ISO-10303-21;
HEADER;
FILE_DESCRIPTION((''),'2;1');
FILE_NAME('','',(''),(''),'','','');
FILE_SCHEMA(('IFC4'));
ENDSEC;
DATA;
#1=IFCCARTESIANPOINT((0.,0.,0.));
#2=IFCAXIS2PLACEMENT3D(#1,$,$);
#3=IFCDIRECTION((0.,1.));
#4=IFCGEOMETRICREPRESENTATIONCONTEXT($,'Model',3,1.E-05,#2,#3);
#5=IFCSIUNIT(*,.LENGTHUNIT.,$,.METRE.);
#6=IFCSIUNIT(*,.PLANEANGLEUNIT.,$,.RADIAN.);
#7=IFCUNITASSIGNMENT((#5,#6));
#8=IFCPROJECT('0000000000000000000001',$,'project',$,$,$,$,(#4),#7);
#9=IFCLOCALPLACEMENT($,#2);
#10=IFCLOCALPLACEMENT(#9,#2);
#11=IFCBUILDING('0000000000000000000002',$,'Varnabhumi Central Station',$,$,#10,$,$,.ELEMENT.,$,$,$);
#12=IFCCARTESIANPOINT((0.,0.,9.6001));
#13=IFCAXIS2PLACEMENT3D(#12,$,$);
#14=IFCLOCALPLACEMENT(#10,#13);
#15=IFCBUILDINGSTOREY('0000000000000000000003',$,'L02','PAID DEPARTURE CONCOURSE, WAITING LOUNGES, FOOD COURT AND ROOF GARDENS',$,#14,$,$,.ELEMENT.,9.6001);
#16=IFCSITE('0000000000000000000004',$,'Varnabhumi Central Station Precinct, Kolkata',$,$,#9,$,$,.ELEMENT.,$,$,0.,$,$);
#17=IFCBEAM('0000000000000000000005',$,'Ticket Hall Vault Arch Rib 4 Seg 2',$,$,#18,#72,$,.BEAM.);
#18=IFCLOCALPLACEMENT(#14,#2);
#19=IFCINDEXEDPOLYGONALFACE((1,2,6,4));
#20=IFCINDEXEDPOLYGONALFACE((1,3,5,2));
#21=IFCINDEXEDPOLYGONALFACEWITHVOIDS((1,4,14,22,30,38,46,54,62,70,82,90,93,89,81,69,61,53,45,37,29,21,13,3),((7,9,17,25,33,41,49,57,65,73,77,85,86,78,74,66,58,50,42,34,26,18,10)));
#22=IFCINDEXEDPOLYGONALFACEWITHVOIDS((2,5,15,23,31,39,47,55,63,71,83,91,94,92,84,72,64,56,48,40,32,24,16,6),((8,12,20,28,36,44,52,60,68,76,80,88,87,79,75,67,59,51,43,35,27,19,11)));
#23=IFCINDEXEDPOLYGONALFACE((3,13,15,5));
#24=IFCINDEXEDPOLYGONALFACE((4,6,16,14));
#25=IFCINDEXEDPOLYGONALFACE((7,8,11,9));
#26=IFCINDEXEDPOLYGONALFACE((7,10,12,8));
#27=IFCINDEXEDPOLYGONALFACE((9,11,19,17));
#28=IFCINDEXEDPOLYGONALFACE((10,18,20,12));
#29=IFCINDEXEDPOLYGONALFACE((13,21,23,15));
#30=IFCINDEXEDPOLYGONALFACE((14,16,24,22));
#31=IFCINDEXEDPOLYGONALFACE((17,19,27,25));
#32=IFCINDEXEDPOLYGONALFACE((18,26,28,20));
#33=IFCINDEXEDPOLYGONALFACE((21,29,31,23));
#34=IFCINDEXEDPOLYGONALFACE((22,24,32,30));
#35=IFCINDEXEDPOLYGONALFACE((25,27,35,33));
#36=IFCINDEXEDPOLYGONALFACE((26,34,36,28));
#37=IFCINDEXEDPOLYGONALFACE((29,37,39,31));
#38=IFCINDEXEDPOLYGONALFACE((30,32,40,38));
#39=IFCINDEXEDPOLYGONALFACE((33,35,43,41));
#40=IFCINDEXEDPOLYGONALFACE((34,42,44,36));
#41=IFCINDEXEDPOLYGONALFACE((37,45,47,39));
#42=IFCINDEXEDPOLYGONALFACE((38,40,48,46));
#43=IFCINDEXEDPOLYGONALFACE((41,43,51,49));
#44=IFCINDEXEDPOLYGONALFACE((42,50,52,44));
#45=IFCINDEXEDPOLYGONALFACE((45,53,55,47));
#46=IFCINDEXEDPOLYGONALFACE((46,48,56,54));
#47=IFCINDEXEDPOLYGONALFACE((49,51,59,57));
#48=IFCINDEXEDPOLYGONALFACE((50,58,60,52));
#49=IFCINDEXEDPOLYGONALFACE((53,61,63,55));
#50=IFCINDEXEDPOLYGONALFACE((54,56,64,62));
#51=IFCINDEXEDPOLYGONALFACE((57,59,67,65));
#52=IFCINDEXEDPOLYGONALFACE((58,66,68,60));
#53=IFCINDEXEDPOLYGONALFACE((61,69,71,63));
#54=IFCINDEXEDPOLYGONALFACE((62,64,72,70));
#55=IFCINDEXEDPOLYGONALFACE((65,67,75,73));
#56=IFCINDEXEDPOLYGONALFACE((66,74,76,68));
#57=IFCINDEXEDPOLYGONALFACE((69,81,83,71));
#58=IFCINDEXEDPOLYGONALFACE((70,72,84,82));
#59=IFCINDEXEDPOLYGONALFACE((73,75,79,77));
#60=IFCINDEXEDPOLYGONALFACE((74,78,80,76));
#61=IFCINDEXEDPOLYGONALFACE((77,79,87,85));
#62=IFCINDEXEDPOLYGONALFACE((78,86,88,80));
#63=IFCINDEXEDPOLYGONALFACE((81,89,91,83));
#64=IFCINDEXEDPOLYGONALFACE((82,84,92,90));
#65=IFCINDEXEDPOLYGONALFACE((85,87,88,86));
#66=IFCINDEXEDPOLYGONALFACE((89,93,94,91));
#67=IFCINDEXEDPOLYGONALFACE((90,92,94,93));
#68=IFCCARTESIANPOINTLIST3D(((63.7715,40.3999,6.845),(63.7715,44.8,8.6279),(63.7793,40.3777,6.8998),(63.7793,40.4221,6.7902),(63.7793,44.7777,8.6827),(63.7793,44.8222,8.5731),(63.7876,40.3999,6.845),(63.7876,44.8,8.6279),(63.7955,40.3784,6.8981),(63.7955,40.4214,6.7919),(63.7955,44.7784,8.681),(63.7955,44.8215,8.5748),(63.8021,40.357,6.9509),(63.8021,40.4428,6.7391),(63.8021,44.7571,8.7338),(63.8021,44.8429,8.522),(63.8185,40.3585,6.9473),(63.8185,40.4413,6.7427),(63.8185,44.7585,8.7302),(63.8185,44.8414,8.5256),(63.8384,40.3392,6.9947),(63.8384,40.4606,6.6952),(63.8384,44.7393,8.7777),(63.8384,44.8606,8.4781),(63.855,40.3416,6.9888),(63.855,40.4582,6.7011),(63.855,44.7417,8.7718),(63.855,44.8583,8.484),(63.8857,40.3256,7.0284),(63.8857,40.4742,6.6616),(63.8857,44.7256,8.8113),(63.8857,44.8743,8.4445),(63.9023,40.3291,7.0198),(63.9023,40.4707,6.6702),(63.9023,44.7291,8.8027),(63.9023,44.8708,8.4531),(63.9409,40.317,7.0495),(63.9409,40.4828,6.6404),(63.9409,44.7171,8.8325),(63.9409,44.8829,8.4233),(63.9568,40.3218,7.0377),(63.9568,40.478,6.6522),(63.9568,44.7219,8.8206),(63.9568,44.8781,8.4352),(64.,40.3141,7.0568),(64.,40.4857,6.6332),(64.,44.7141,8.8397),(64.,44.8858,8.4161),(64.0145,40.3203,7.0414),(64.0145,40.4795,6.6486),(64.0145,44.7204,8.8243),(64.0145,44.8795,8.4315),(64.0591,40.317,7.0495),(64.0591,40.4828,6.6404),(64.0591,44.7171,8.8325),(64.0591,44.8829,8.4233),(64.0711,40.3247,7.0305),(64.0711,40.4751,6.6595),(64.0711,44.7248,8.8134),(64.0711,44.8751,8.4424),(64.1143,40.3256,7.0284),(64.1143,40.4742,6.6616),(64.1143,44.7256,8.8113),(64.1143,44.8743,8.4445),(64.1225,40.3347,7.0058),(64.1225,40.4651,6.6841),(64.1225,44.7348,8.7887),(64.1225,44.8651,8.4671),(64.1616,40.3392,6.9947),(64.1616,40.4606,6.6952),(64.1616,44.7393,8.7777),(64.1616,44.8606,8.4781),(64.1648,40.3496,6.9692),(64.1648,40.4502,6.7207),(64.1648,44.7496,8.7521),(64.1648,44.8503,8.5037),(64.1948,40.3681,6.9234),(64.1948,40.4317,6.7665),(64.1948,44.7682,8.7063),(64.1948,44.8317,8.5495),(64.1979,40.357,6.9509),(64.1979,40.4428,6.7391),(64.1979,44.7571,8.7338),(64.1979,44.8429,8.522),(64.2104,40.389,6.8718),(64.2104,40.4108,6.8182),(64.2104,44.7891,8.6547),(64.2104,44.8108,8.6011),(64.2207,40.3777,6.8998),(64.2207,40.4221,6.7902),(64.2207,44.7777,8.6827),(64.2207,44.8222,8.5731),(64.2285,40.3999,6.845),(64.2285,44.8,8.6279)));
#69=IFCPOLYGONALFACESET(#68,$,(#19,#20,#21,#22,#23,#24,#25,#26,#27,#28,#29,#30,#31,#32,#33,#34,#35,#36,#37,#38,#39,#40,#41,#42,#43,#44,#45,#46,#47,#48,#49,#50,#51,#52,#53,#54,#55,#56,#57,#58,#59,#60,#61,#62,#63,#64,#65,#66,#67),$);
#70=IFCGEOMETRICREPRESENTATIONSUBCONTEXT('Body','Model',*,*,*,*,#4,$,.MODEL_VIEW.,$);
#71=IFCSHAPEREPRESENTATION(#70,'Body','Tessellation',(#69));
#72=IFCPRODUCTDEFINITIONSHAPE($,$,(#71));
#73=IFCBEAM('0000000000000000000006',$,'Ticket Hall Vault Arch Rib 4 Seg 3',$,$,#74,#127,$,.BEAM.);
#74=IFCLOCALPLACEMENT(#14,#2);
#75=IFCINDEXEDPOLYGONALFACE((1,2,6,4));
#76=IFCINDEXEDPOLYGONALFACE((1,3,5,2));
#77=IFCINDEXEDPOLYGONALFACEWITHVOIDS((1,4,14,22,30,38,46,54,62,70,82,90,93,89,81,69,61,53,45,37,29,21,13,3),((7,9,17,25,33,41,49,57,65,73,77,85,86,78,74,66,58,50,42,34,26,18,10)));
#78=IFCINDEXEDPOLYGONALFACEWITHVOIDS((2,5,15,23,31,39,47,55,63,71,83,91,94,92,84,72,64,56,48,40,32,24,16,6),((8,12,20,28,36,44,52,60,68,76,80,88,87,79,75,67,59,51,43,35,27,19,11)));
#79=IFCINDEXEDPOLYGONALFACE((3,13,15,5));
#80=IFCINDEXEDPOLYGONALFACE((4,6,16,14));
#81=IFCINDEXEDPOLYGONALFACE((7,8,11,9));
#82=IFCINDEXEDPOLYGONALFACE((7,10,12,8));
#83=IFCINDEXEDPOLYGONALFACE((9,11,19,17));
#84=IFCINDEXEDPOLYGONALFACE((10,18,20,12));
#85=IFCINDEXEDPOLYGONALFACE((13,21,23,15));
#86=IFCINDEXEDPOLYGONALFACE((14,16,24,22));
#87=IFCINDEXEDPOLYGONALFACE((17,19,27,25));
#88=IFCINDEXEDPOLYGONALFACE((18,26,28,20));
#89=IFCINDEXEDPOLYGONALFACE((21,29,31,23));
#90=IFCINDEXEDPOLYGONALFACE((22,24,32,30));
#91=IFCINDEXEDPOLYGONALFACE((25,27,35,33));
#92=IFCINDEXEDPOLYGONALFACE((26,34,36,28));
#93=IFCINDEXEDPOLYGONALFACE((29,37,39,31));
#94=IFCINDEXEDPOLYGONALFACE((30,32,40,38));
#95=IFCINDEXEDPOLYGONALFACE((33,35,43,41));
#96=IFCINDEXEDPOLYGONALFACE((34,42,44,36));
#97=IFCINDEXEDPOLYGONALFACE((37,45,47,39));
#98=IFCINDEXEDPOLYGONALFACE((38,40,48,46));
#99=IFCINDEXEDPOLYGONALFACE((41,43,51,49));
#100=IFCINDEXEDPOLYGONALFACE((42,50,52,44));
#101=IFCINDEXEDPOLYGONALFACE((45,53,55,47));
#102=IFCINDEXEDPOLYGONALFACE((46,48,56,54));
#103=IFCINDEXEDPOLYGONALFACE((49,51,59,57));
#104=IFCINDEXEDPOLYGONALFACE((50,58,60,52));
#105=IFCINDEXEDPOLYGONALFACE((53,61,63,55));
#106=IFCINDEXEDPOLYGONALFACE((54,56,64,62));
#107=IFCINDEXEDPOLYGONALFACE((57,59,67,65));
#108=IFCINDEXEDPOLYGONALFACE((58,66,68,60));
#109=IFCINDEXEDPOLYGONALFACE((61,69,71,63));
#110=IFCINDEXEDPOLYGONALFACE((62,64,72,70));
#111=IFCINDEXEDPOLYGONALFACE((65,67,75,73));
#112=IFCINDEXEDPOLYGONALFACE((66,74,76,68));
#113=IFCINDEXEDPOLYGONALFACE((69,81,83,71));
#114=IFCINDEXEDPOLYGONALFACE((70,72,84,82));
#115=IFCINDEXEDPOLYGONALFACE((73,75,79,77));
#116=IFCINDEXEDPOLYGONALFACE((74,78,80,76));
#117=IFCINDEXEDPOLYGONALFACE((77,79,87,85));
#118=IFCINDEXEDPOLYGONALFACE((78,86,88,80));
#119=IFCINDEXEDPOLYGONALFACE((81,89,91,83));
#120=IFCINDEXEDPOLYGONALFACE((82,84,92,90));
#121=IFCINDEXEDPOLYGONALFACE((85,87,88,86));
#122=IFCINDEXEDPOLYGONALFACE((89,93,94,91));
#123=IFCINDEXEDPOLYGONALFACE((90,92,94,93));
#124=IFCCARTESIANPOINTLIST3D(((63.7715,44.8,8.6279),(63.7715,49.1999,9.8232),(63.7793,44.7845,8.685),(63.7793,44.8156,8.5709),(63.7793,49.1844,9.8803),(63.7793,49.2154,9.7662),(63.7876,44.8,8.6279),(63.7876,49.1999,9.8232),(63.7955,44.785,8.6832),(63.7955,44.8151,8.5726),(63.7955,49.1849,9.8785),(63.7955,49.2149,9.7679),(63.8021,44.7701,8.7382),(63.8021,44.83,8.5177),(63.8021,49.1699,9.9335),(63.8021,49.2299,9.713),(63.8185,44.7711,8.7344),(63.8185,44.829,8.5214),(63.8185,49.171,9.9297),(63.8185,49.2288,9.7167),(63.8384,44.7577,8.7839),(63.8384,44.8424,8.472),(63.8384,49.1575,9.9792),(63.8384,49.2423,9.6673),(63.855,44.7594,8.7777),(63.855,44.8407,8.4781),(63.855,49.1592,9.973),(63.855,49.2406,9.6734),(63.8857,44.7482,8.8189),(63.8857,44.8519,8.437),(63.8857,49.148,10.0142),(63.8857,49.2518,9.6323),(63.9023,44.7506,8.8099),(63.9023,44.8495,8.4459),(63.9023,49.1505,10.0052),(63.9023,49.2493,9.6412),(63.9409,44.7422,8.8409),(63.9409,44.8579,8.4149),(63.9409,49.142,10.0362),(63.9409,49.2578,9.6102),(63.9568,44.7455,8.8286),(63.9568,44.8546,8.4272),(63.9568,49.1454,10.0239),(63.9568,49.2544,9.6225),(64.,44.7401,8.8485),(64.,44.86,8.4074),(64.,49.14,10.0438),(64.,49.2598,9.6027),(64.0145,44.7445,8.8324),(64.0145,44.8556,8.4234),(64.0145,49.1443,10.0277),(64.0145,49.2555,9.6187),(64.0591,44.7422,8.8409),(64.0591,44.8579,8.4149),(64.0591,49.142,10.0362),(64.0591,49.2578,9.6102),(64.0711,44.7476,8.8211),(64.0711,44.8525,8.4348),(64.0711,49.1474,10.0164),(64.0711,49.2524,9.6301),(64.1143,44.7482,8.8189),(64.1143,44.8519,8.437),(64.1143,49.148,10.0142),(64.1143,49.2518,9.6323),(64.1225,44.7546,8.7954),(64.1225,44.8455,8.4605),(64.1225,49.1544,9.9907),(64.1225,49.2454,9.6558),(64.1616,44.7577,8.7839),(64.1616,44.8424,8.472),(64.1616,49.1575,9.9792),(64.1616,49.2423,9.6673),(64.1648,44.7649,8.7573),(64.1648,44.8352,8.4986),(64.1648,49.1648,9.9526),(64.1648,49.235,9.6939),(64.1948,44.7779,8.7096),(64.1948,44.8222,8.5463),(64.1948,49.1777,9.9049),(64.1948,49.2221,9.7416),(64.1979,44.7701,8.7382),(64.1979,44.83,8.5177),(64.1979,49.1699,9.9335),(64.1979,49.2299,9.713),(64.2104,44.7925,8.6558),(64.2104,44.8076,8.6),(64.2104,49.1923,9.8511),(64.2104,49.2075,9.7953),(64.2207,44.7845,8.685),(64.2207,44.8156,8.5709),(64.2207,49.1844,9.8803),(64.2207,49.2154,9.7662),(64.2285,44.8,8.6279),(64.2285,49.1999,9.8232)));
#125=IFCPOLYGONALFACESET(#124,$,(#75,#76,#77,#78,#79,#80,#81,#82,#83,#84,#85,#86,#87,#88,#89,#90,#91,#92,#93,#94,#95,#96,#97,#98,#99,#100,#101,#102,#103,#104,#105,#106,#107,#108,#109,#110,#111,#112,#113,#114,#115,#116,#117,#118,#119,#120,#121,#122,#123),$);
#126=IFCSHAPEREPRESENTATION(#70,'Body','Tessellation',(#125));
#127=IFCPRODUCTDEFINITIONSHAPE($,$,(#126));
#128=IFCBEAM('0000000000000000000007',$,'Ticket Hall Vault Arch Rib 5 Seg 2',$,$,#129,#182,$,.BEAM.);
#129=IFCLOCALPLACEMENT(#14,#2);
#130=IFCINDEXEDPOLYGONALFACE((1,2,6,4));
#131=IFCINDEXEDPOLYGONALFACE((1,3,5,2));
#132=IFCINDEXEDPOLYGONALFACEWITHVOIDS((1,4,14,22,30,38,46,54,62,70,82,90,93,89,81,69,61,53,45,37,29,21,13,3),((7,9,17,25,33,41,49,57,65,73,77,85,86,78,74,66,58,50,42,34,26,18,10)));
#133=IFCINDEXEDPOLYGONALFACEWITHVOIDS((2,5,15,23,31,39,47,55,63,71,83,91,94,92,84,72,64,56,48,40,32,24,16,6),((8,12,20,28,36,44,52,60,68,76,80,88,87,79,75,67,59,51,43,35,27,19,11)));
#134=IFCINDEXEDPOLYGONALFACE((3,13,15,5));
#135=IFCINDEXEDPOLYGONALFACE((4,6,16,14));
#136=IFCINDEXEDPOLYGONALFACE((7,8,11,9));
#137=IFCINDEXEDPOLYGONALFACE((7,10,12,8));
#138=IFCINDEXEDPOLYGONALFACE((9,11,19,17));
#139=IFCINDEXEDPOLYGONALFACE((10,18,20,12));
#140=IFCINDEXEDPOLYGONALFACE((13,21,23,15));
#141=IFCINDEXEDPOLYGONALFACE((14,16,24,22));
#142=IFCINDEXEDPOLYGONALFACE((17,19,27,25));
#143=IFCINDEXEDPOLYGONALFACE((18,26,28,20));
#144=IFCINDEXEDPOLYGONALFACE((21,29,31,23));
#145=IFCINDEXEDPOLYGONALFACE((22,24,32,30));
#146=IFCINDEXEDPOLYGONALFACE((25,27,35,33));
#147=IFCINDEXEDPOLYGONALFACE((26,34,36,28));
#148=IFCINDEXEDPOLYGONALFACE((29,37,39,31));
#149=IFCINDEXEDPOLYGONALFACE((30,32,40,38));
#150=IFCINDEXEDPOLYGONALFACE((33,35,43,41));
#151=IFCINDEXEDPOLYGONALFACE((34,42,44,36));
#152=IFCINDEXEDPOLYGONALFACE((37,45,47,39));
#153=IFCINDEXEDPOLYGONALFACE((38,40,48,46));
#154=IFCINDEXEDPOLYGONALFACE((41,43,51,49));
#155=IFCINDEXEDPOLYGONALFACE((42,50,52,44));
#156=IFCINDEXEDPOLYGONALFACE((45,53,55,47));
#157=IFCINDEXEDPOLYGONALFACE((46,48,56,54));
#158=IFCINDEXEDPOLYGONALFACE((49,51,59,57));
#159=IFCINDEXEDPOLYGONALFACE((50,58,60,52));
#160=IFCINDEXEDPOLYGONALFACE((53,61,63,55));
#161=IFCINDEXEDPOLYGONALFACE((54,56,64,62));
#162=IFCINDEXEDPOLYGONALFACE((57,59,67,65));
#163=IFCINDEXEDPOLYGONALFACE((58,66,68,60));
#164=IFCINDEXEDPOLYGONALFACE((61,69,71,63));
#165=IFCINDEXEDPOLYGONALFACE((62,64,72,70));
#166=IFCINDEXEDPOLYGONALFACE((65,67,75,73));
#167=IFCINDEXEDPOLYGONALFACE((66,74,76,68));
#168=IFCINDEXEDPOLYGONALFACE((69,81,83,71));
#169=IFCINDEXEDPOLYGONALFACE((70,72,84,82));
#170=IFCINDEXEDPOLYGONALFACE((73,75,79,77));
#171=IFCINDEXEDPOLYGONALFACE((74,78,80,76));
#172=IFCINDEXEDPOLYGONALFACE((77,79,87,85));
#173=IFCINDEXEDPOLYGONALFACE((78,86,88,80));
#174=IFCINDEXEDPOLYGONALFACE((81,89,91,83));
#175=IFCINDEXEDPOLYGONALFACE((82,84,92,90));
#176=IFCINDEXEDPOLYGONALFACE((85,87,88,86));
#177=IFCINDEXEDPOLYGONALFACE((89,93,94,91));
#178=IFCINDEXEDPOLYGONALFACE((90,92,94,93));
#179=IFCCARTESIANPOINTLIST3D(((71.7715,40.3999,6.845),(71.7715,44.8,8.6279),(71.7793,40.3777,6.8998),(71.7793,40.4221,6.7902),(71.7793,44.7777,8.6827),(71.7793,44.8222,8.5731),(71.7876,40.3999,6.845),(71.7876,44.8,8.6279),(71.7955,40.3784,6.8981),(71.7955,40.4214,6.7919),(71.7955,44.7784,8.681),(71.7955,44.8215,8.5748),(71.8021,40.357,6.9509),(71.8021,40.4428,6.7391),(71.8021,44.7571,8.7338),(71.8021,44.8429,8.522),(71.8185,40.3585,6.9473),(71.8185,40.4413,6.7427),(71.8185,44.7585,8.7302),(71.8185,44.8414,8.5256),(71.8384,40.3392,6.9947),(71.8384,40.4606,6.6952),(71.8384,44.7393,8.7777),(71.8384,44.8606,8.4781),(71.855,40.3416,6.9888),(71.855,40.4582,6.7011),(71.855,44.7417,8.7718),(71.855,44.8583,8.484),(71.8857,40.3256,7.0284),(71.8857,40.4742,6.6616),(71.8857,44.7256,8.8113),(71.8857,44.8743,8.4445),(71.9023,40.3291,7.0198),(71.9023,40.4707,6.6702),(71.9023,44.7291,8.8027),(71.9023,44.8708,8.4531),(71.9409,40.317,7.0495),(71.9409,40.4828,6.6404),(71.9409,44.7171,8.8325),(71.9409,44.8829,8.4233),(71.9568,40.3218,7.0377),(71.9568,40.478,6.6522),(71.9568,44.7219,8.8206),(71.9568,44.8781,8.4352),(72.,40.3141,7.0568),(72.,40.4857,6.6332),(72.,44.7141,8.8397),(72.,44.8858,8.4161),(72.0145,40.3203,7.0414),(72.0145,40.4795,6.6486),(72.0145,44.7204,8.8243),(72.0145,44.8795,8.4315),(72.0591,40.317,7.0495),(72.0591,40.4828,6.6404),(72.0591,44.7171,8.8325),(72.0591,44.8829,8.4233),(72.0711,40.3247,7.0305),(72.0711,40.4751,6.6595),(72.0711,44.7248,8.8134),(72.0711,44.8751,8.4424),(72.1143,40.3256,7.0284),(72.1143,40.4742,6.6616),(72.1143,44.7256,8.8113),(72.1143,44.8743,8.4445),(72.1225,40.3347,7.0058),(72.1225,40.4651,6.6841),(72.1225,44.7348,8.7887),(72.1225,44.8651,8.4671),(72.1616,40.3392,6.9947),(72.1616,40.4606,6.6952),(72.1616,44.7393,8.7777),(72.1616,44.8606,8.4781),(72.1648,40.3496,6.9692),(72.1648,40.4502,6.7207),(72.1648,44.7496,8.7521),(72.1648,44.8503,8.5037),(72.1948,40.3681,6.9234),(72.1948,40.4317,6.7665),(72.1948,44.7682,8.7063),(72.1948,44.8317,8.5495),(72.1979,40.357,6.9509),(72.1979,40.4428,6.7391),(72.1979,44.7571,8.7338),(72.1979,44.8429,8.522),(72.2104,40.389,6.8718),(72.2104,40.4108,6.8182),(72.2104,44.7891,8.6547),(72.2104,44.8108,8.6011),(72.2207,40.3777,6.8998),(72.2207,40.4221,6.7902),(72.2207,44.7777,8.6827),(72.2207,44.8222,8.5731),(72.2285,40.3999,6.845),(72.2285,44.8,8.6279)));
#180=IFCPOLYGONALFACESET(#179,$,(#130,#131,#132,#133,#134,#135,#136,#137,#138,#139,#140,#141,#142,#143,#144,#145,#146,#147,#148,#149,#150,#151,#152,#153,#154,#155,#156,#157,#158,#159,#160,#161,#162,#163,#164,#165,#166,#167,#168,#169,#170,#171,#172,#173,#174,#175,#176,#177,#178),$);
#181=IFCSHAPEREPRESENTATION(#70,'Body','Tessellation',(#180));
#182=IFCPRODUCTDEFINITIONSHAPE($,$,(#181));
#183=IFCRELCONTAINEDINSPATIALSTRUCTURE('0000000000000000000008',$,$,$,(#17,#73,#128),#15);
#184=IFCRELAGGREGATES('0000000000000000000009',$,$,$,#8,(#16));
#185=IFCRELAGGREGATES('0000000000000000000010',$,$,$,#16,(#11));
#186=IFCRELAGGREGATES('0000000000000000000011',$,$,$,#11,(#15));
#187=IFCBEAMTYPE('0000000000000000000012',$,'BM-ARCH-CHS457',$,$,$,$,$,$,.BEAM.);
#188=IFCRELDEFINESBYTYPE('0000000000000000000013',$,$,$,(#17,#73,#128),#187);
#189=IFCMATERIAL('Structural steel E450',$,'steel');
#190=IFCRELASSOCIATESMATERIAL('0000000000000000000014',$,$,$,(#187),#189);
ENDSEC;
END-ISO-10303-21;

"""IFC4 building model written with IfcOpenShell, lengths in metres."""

from ifc_helpers import new_model, si_unit, direction, frame, origin, origin_2d, place, context, subcontext, project, spatial, hollow_circle, extrude, material, material_profile, profile_set, type_object, element, save


model = new_model("IFC4")

# Units and contexts
model_context = context("Model", 3, precision=1e-05, world=origin(), true_north=direction((0.0, 1.0)))
body_context = subcontext(model_context, "Body", "Model", "MODEL_VIEW")
ifc_project = project(units=[si_unit("LENGTHUNIT", "METRE"), si_unit("PLANEANGLEUNIT", "RADIAN")], contexts=[model_context])

# Site, building, storey
site_placement = place(None, origin())
site = spatial("IfcSite", under=ifc_project, at=site_placement, Name="Varnabhumi Central Station Precinct, Kolkata", CompositionType="ELEMENT", RefElevation=0.0)
building_placement = place(site_placement, origin())
building = spatial("IfcBuilding", under=site, at=building_placement, Name="Varnabhumi Central Station", CompositionType="ELEMENT")
storey_placement = place(building_placement, frame((0.0, 0.0, 9.6001)))
storey = spatial("IfcBuildingStorey", under=building, at=storey_placement, Name="L02", Description="PAID DEPARTURE CONCOURSE, WAITING LOUNGES, FOOD COURT AND ROOF GARDENS", CompositionType="ELEMENT", Elevation=9.6001)

# Beams
ifc_material_1 = material(Name="Structural steel E450", Category="steel")
ifc_material_profile_1 = material_profile(ifc_material_1, hollow_circle(Radius=0.2285, WallThickness=0.0161, at=origin_2d()), Name="Structural steel E450", Category="steel")
ifc_profile_set_1 = profile_set([ifc_material_profile_1], Name="Structural steel E450")
beam_type_1 = type_object("IfcBeamType", Name="BM-ARCH-CHS457", PredefinedType="BEAM", material=ifc_profile_set_1)
beam_1_placement = place(storey_placement, frame((64.0, 40.3999, 6.845), z_axis=(0.0, 0.926804, 0.375545), x_axis=(-1.0, 0.0, 0.0)))
element("IfcBeam", 1, at=beam_1_placement, inside=storey, type_object=beam_type_1, Name="Ticket Hall Vault Arch Rib 4 Seg 2", PredefinedType="BEAM", context=body_context, shape_type="SweptSolid", body=[
    extrude(hollow_circle(Radius=0.2285, WallThickness=0.0161, at=origin_2d()), origin(), (0.0, 0.0, 1.0), 4.7476),
])
beam_2_placement = place(storey_placement, frame((64.0, 44.8, 8.6279), z_axis=(0.0, 0.965023, 0.262166), x_axis=(-1.0, 0.0, 0.0)))
element("IfcBeam", 2, at=beam_2_placement, inside=storey, type_object=beam_type_1, Name="Ticket Hall Vault Arch Rib 4 Seg 3", PredefinedType="BEAM", context=body_context, shape_type="SweptSolid", body=[
    extrude(hollow_circle(Radius=0.2285, WallThickness=0.0161, at=origin_2d()), origin(), (0.0, 0.0, 1.0), 4.5593),
])
beam_3_placement = place(storey_placement, frame((72.0, 40.3999, 6.845), z_axis=(0.0, 0.926804, 0.375545), x_axis=(-1.0, 0.0, 0.0)))
element("IfcBeam", 3, at=beam_3_placement, inside=storey, type_object=beam_type_1, Name="Ticket Hall Vault Arch Rib 5 Seg 2", PredefinedType="BEAM", context=body_context, shape_type="SweptSolid", body=[
    extrude(hollow_circle(Radius=0.2285, WallThickness=0.0161, at=origin_2d()), origin(), (0.0, 0.0, 1.0), 4.7476),
])

save(model, "model.ifc")
